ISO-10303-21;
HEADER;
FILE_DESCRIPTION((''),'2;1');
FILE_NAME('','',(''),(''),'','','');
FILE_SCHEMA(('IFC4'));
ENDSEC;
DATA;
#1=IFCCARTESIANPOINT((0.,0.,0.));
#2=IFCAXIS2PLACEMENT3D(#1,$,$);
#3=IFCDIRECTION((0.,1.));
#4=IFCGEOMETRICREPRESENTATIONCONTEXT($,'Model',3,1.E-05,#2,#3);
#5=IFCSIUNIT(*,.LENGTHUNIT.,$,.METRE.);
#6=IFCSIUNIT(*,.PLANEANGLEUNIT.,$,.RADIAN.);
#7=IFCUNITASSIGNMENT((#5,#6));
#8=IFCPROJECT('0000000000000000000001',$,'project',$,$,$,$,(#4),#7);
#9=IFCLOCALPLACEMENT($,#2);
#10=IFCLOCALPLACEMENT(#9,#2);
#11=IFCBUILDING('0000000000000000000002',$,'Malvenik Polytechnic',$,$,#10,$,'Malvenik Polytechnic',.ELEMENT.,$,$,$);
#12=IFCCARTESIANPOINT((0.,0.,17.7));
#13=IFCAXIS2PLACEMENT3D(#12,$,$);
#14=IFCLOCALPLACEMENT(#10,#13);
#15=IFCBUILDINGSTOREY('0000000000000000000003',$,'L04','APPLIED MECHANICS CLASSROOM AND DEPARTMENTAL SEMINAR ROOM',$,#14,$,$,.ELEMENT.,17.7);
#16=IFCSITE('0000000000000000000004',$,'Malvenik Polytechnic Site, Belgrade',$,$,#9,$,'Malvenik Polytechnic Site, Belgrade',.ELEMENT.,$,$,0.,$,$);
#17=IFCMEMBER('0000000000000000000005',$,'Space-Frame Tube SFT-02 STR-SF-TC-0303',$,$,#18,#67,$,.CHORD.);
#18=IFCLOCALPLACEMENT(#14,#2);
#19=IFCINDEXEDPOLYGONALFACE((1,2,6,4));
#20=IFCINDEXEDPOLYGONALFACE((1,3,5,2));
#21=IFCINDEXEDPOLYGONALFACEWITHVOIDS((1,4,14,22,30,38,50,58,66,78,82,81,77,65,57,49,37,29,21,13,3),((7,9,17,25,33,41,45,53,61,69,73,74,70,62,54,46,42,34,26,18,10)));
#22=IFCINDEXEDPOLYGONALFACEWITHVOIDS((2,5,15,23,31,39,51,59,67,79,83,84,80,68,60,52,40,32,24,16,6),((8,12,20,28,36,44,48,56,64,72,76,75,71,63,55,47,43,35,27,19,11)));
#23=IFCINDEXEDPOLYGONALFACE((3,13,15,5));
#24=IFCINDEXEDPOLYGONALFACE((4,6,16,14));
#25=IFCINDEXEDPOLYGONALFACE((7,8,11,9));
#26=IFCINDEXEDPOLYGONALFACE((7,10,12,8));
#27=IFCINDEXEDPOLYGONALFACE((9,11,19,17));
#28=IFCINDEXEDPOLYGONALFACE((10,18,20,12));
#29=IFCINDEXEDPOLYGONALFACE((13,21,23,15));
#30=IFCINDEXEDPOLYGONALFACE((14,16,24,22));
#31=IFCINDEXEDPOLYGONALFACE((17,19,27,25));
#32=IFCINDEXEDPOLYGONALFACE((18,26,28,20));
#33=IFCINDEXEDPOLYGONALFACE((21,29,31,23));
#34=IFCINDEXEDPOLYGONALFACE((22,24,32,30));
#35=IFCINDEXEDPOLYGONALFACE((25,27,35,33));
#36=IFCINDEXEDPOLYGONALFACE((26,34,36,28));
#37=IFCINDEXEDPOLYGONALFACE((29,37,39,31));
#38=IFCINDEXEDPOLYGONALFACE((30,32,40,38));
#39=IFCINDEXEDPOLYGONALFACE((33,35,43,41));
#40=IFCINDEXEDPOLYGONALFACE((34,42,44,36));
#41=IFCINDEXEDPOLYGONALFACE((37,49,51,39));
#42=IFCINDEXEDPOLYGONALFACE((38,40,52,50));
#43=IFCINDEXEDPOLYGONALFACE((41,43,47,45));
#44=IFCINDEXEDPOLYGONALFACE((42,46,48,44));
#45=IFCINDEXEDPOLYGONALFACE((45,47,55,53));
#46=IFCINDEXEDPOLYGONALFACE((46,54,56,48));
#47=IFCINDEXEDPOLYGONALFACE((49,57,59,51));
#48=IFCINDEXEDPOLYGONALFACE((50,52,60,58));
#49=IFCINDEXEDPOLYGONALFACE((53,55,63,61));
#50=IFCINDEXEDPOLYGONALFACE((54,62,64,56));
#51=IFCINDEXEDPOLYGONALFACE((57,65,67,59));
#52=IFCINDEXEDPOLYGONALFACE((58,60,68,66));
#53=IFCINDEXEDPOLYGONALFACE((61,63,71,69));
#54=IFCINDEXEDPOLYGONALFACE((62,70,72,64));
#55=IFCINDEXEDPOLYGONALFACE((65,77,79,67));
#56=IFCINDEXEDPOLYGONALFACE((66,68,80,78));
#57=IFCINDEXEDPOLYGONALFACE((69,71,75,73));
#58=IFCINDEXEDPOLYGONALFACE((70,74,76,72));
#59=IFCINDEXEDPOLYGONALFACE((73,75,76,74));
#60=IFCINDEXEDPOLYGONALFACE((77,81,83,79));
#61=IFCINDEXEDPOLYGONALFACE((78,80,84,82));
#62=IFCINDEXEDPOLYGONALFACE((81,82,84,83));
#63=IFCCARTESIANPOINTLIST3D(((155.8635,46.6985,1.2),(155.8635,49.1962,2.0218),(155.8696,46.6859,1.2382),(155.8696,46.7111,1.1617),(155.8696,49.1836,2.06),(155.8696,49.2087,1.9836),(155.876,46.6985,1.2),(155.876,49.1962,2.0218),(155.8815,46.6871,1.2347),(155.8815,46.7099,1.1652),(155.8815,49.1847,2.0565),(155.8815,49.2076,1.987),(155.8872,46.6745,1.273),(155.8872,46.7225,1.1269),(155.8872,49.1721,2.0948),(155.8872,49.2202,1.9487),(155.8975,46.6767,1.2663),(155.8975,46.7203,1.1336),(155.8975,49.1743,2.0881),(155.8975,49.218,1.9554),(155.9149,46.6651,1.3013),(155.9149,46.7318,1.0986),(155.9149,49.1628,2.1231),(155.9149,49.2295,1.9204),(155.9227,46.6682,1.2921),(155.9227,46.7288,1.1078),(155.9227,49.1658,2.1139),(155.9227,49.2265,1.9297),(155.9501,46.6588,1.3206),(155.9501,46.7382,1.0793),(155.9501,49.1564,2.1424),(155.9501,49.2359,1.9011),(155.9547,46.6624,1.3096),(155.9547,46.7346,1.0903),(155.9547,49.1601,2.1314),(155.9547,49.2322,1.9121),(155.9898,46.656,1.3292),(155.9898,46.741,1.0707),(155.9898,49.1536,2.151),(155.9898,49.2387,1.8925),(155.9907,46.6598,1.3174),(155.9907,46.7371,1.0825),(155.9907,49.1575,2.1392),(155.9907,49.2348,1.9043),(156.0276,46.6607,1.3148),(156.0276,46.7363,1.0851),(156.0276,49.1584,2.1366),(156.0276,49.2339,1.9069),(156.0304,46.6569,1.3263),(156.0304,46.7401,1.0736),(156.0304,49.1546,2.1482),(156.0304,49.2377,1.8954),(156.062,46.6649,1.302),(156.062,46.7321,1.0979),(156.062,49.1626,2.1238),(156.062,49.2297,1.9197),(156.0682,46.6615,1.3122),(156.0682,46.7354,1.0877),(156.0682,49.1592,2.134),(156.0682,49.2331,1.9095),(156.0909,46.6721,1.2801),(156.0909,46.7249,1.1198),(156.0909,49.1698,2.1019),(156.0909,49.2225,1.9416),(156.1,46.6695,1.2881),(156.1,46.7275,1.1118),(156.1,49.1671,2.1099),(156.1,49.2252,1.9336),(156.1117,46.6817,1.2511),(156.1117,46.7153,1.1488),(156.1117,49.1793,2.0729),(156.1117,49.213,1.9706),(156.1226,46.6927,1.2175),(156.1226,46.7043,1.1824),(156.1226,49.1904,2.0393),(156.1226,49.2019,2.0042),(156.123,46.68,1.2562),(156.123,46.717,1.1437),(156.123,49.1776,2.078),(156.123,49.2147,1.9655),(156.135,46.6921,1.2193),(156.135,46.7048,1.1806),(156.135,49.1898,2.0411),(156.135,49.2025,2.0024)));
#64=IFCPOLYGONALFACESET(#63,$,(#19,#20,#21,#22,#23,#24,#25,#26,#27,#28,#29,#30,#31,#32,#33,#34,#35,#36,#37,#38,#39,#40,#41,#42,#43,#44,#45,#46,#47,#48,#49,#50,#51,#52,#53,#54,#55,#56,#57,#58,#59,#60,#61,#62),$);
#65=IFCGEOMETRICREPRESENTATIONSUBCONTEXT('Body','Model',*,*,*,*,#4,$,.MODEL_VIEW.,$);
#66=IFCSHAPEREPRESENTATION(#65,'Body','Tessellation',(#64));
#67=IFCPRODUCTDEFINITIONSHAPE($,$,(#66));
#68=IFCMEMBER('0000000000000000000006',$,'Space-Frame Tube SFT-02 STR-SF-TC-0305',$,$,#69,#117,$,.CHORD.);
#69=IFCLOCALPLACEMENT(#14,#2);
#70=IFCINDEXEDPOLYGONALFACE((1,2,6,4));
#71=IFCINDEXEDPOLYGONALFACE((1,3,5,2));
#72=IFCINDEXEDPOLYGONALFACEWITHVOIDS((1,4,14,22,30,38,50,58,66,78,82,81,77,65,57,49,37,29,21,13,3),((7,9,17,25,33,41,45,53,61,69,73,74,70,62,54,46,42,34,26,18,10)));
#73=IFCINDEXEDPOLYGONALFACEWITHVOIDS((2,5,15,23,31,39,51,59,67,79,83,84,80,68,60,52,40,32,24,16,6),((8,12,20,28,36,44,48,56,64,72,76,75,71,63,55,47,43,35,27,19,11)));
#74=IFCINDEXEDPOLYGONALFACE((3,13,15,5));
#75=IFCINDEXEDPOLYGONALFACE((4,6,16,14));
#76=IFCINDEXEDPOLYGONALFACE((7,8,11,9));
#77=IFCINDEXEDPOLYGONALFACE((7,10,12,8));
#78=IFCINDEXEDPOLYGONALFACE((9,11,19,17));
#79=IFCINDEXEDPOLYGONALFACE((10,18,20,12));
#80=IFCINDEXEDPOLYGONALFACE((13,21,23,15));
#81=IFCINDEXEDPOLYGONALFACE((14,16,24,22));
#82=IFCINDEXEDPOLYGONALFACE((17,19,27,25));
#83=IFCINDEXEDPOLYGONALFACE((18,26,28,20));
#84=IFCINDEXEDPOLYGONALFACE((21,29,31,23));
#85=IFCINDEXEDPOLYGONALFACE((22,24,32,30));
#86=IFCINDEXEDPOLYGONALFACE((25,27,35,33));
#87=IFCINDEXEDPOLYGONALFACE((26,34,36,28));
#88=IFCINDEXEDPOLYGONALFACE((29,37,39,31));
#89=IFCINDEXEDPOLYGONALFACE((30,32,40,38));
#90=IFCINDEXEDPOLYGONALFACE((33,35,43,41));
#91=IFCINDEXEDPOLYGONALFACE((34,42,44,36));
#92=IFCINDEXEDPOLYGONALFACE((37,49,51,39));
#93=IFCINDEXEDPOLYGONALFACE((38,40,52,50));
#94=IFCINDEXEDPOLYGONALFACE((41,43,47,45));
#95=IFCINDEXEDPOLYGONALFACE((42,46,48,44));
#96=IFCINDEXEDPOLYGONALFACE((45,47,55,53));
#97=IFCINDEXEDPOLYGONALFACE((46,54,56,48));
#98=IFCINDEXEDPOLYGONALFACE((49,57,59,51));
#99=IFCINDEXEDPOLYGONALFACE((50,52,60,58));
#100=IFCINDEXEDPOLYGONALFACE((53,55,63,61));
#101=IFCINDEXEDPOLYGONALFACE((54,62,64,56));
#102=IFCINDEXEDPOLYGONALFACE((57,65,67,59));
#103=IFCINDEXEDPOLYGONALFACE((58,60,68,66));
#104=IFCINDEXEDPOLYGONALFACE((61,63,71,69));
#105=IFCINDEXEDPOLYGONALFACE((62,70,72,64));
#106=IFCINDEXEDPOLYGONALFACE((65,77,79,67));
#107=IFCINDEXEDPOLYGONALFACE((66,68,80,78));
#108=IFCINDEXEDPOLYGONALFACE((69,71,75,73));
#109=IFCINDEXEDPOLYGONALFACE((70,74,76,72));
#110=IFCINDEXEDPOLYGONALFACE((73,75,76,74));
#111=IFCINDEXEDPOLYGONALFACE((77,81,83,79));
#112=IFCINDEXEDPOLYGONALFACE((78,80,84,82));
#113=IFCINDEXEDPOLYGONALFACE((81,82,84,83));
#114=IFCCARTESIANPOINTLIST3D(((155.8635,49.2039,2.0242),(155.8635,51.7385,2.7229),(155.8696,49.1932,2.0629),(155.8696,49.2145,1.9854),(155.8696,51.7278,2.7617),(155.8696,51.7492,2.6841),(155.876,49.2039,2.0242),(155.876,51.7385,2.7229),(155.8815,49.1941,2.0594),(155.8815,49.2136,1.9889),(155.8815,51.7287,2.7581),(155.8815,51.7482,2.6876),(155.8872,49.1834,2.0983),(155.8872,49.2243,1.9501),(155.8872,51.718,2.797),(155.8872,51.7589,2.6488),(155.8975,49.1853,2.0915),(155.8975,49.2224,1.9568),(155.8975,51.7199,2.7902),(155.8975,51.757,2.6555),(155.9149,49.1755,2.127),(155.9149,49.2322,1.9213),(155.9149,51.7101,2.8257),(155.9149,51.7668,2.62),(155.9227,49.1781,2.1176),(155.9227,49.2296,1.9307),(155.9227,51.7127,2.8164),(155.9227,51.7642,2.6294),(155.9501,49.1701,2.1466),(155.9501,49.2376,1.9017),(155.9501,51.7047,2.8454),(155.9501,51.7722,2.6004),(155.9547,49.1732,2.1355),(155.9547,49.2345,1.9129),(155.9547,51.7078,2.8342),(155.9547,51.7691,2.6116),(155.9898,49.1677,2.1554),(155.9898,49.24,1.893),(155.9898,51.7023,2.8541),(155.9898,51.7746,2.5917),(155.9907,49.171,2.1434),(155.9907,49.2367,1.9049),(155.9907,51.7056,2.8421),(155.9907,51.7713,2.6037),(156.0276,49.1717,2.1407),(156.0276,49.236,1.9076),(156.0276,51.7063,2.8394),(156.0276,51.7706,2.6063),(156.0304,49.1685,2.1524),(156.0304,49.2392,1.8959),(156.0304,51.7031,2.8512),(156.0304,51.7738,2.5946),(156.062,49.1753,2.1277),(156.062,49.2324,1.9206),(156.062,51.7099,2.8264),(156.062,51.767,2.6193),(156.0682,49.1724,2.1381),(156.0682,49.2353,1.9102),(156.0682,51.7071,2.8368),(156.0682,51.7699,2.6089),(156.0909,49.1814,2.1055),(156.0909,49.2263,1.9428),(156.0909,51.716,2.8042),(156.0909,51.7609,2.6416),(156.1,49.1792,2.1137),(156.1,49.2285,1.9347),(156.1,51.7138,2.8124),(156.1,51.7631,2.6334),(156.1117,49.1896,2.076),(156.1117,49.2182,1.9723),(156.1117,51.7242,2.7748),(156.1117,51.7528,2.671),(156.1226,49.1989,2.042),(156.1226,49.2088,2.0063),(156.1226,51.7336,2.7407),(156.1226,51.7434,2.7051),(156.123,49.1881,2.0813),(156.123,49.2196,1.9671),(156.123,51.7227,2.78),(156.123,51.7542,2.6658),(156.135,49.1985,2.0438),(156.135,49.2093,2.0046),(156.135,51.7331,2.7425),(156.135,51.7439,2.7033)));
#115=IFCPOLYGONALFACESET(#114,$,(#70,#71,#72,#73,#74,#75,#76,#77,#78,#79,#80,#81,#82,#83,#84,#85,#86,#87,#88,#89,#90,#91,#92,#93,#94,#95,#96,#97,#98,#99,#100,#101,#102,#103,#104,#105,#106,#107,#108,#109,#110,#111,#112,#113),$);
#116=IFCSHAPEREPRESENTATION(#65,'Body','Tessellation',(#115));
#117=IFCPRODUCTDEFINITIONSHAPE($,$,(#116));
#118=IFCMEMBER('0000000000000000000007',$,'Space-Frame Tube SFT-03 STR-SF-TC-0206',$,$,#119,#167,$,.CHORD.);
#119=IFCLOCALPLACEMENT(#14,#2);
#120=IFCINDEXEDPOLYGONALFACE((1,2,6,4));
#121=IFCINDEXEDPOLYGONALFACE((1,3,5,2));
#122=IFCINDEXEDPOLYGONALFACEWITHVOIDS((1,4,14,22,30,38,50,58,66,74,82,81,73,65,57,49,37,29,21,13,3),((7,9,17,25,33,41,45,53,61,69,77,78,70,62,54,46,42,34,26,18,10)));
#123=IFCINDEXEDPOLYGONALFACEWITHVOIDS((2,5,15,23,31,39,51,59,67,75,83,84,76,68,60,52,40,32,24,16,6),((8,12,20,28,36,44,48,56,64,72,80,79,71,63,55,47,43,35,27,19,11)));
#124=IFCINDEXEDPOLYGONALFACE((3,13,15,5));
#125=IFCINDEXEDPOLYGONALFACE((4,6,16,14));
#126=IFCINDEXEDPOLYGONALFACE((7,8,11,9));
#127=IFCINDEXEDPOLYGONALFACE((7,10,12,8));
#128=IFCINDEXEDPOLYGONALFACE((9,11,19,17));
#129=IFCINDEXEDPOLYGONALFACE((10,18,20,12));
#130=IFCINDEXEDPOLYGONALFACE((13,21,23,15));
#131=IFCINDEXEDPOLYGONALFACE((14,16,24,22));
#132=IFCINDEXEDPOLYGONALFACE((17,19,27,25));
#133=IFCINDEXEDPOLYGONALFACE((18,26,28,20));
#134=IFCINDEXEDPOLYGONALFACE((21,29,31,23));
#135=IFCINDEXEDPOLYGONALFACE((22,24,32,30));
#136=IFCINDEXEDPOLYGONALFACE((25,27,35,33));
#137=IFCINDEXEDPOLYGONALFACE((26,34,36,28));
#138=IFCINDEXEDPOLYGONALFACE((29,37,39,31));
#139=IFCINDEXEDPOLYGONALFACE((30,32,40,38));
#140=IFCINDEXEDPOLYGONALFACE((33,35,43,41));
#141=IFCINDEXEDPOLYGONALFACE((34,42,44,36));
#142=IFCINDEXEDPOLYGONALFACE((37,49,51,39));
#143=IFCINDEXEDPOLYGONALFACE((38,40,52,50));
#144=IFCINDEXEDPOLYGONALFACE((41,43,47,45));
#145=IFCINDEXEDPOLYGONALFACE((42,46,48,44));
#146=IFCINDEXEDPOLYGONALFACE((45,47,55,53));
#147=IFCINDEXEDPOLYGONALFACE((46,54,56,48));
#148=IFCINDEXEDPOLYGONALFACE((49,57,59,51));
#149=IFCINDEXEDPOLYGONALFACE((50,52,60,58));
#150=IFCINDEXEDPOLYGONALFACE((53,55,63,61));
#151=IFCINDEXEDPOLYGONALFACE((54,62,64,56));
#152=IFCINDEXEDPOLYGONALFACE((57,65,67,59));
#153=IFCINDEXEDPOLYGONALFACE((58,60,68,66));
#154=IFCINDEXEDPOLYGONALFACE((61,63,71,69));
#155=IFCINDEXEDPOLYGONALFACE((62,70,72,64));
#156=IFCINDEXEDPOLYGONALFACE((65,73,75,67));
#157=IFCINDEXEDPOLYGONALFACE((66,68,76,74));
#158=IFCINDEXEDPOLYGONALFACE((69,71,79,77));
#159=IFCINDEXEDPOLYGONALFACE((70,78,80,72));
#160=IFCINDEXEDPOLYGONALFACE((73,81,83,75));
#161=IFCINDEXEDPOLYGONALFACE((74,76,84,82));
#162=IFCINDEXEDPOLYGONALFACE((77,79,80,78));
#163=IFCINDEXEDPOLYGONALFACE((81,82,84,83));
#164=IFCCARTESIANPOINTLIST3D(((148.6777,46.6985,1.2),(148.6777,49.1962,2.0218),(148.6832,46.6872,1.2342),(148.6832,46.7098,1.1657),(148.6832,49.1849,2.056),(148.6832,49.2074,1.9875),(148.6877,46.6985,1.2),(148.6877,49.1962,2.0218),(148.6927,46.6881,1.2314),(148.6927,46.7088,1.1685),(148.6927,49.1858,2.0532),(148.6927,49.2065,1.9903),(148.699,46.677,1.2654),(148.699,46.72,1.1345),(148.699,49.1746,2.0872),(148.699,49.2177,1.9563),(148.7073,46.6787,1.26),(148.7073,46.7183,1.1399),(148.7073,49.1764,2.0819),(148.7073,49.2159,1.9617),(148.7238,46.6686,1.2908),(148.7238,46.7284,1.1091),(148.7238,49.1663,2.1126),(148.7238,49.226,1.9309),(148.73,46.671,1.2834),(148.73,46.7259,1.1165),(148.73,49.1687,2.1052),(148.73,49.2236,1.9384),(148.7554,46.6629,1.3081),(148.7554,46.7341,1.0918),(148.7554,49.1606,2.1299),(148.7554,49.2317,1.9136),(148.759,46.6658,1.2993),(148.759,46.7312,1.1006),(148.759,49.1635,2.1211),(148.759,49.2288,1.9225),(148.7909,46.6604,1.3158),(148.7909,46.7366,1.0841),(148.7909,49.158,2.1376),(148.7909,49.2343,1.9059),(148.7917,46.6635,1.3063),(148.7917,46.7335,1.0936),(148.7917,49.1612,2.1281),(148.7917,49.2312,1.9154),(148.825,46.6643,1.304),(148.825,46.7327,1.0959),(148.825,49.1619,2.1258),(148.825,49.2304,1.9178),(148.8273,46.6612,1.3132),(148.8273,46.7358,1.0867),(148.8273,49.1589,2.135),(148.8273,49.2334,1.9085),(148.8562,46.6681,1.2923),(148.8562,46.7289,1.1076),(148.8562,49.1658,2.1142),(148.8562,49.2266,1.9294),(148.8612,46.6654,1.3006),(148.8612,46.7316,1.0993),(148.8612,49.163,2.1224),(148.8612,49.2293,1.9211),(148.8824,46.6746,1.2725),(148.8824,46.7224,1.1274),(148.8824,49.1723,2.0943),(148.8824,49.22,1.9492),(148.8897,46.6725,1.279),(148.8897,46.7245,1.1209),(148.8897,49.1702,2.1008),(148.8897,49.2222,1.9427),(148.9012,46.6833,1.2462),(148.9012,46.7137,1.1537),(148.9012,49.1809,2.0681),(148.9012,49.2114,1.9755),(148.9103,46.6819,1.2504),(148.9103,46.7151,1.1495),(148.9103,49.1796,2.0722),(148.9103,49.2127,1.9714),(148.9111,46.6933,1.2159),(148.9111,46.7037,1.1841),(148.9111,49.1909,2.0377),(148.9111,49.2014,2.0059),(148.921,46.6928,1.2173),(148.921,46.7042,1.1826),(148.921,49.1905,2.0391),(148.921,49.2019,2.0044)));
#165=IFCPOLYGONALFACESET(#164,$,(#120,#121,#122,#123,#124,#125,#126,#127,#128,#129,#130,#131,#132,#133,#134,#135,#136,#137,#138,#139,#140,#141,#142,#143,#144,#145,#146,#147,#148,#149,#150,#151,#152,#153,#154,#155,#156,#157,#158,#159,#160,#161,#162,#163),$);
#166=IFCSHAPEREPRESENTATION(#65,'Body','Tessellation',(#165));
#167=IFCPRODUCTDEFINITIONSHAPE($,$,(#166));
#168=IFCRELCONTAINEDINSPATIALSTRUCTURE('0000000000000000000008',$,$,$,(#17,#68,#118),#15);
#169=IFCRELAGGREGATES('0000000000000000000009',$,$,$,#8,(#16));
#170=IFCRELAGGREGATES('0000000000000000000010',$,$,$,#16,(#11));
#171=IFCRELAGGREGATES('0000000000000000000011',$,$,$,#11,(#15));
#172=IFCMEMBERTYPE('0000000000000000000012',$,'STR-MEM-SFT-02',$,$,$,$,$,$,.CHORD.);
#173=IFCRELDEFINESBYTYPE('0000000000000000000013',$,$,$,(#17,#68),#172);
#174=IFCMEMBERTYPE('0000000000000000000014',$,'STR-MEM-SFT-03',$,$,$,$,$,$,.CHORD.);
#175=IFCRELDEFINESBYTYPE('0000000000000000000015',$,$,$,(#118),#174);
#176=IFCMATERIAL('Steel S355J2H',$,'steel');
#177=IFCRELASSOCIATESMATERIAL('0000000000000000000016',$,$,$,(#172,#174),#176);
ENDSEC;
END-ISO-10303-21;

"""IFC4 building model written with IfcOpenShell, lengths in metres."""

from ifc_helpers import new_model, si_unit, direction, frame, origin, origin_2d, place, context, subcontext, project, spatial, hollow_circle, extrude, material, material_profile, profile_set, type_object, element, save


model = new_model("IFC4")

# Units and contexts
model_context = context("Model", 3, precision=1e-05, world=origin(), true_north=direction((0.0, 1.0)))
body_context = subcontext(model_context, "Body", "Model", "MODEL_VIEW")
ifc_project = project(units=[si_unit("LENGTHUNIT", "METRE"), si_unit("PLANEANGLEUNIT", "RADIAN")], contexts=[model_context])

# Site, building, storey
site_placement = place(None, origin())
site = spatial("IfcSite", under=ifc_project, at=site_placement, Name="Malvenik Polytechnic Site, Belgrade", LongName="Malvenik Polytechnic Site, Belgrade", CompositionType="ELEMENT", RefElevation=0.0)
building_placement = place(site_placement, origin())
building = spatial("IfcBuilding", under=site, at=building_placement, Name="Malvenik Polytechnic", LongName="Malvenik Polytechnic", CompositionType="ELEMENT")
storey_placement = place(building_placement, frame((0.0, 0.0, 17.7)))
storey = spatial("IfcBuildingStorey", under=building, at=storey_placement, Name="L04", Description="APPLIED MECHANICS CLASSROOM AND DEPARTMENTAL SEMINAR ROOM", CompositionType="ELEMENT", Elevation=17.7)

# Members
ifc_material = material(Name="Steel S355J2H", Category="steel")
ifc_material_profile_1 = material_profile(ifc_material, hollow_circle(Radius=0.1365, WallThickness=0.0125, at=origin_2d()), Name="CHS 273.0x12.5")
ifc_profile_set_1 = profile_set([ifc_material_profile_1], Name="Steel S355J2H")
member_type_1 = type_object("IfcMemberType", Name="STR-MEM-SFT-02", PredefinedType="CHORD", material=ifc_profile_set_1)
member_1_placement = place(storey_placement, frame((156.0, 46.6985, 1.2), z_axis=(0.0, 0.949902, 0.312548), x_axis=(-1.0, 0.0, 0.0)))
element("IfcMember", 1, at=member_1_placement, inside=storey, type_object=member_type_1, Name="Space-Frame Tube SFT-02 STR-SF-TC-0303", PredefinedType="CHORD", context=body_context, shape_type="SweptSolid", body=[
    extrude(hollow_circle(Radius=0.1365, WallThickness=0.0125, at=origin_2d()), origin(), (0.0, 0.0, 1.0), 2.6294),
])
member_2_placement = place(storey_placement, frame((156.0, 49.2039, 2.0242), z_axis=(0.0, 0.96404, 0.265756), x_axis=(-1.0, 0.0, 0.0)))
element("IfcMember", 2, at=member_2_placement, inside=storey, type_object=member_type_1, Name="Space-Frame Tube SFT-02 STR-SF-TC-0305", PredefinedType="CHORD", context=body_context, shape_type="SweptSolid", body=[
    extrude(hollow_circle(Radius=0.1365, WallThickness=0.0125, at=origin_2d()), origin(), (0.0, 0.0, 1.0), 2.6292),
])
ifc_material_profile_2 = material_profile(ifc_material, hollow_circle(Radius=0.1223, WallThickness=0.01, at=origin_2d()), Name="CHS 244.5x10.0")
ifc_profile_set_2 = profile_set([ifc_material_profile_2], Name="Steel S355J2H")
member_type_2 = type_object("IfcMemberType", Name="STR-MEM-SFT-03", PredefinedType="CHORD", material=ifc_profile_set_2)
member_3_placement = place(storey_placement, frame((148.8, 46.6985, 1.2), z_axis=(0.0, 0.949902, 0.312548), x_axis=(-1.0, 0.0, 0.0)))
element("IfcMember", 3, at=member_3_placement, inside=storey, type_object=member_type_2, Name="Space-Frame Tube SFT-03 STR-SF-TC-0206", PredefinedType="CHORD", context=body_context, shape_type="SweptSolid", body=[
    extrude(hollow_circle(Radius=0.1223, WallThickness=0.01, at=origin_2d()), origin(), (0.0, 0.0, 1.0), 2.6294),
])

save(model, "model.ifc")
